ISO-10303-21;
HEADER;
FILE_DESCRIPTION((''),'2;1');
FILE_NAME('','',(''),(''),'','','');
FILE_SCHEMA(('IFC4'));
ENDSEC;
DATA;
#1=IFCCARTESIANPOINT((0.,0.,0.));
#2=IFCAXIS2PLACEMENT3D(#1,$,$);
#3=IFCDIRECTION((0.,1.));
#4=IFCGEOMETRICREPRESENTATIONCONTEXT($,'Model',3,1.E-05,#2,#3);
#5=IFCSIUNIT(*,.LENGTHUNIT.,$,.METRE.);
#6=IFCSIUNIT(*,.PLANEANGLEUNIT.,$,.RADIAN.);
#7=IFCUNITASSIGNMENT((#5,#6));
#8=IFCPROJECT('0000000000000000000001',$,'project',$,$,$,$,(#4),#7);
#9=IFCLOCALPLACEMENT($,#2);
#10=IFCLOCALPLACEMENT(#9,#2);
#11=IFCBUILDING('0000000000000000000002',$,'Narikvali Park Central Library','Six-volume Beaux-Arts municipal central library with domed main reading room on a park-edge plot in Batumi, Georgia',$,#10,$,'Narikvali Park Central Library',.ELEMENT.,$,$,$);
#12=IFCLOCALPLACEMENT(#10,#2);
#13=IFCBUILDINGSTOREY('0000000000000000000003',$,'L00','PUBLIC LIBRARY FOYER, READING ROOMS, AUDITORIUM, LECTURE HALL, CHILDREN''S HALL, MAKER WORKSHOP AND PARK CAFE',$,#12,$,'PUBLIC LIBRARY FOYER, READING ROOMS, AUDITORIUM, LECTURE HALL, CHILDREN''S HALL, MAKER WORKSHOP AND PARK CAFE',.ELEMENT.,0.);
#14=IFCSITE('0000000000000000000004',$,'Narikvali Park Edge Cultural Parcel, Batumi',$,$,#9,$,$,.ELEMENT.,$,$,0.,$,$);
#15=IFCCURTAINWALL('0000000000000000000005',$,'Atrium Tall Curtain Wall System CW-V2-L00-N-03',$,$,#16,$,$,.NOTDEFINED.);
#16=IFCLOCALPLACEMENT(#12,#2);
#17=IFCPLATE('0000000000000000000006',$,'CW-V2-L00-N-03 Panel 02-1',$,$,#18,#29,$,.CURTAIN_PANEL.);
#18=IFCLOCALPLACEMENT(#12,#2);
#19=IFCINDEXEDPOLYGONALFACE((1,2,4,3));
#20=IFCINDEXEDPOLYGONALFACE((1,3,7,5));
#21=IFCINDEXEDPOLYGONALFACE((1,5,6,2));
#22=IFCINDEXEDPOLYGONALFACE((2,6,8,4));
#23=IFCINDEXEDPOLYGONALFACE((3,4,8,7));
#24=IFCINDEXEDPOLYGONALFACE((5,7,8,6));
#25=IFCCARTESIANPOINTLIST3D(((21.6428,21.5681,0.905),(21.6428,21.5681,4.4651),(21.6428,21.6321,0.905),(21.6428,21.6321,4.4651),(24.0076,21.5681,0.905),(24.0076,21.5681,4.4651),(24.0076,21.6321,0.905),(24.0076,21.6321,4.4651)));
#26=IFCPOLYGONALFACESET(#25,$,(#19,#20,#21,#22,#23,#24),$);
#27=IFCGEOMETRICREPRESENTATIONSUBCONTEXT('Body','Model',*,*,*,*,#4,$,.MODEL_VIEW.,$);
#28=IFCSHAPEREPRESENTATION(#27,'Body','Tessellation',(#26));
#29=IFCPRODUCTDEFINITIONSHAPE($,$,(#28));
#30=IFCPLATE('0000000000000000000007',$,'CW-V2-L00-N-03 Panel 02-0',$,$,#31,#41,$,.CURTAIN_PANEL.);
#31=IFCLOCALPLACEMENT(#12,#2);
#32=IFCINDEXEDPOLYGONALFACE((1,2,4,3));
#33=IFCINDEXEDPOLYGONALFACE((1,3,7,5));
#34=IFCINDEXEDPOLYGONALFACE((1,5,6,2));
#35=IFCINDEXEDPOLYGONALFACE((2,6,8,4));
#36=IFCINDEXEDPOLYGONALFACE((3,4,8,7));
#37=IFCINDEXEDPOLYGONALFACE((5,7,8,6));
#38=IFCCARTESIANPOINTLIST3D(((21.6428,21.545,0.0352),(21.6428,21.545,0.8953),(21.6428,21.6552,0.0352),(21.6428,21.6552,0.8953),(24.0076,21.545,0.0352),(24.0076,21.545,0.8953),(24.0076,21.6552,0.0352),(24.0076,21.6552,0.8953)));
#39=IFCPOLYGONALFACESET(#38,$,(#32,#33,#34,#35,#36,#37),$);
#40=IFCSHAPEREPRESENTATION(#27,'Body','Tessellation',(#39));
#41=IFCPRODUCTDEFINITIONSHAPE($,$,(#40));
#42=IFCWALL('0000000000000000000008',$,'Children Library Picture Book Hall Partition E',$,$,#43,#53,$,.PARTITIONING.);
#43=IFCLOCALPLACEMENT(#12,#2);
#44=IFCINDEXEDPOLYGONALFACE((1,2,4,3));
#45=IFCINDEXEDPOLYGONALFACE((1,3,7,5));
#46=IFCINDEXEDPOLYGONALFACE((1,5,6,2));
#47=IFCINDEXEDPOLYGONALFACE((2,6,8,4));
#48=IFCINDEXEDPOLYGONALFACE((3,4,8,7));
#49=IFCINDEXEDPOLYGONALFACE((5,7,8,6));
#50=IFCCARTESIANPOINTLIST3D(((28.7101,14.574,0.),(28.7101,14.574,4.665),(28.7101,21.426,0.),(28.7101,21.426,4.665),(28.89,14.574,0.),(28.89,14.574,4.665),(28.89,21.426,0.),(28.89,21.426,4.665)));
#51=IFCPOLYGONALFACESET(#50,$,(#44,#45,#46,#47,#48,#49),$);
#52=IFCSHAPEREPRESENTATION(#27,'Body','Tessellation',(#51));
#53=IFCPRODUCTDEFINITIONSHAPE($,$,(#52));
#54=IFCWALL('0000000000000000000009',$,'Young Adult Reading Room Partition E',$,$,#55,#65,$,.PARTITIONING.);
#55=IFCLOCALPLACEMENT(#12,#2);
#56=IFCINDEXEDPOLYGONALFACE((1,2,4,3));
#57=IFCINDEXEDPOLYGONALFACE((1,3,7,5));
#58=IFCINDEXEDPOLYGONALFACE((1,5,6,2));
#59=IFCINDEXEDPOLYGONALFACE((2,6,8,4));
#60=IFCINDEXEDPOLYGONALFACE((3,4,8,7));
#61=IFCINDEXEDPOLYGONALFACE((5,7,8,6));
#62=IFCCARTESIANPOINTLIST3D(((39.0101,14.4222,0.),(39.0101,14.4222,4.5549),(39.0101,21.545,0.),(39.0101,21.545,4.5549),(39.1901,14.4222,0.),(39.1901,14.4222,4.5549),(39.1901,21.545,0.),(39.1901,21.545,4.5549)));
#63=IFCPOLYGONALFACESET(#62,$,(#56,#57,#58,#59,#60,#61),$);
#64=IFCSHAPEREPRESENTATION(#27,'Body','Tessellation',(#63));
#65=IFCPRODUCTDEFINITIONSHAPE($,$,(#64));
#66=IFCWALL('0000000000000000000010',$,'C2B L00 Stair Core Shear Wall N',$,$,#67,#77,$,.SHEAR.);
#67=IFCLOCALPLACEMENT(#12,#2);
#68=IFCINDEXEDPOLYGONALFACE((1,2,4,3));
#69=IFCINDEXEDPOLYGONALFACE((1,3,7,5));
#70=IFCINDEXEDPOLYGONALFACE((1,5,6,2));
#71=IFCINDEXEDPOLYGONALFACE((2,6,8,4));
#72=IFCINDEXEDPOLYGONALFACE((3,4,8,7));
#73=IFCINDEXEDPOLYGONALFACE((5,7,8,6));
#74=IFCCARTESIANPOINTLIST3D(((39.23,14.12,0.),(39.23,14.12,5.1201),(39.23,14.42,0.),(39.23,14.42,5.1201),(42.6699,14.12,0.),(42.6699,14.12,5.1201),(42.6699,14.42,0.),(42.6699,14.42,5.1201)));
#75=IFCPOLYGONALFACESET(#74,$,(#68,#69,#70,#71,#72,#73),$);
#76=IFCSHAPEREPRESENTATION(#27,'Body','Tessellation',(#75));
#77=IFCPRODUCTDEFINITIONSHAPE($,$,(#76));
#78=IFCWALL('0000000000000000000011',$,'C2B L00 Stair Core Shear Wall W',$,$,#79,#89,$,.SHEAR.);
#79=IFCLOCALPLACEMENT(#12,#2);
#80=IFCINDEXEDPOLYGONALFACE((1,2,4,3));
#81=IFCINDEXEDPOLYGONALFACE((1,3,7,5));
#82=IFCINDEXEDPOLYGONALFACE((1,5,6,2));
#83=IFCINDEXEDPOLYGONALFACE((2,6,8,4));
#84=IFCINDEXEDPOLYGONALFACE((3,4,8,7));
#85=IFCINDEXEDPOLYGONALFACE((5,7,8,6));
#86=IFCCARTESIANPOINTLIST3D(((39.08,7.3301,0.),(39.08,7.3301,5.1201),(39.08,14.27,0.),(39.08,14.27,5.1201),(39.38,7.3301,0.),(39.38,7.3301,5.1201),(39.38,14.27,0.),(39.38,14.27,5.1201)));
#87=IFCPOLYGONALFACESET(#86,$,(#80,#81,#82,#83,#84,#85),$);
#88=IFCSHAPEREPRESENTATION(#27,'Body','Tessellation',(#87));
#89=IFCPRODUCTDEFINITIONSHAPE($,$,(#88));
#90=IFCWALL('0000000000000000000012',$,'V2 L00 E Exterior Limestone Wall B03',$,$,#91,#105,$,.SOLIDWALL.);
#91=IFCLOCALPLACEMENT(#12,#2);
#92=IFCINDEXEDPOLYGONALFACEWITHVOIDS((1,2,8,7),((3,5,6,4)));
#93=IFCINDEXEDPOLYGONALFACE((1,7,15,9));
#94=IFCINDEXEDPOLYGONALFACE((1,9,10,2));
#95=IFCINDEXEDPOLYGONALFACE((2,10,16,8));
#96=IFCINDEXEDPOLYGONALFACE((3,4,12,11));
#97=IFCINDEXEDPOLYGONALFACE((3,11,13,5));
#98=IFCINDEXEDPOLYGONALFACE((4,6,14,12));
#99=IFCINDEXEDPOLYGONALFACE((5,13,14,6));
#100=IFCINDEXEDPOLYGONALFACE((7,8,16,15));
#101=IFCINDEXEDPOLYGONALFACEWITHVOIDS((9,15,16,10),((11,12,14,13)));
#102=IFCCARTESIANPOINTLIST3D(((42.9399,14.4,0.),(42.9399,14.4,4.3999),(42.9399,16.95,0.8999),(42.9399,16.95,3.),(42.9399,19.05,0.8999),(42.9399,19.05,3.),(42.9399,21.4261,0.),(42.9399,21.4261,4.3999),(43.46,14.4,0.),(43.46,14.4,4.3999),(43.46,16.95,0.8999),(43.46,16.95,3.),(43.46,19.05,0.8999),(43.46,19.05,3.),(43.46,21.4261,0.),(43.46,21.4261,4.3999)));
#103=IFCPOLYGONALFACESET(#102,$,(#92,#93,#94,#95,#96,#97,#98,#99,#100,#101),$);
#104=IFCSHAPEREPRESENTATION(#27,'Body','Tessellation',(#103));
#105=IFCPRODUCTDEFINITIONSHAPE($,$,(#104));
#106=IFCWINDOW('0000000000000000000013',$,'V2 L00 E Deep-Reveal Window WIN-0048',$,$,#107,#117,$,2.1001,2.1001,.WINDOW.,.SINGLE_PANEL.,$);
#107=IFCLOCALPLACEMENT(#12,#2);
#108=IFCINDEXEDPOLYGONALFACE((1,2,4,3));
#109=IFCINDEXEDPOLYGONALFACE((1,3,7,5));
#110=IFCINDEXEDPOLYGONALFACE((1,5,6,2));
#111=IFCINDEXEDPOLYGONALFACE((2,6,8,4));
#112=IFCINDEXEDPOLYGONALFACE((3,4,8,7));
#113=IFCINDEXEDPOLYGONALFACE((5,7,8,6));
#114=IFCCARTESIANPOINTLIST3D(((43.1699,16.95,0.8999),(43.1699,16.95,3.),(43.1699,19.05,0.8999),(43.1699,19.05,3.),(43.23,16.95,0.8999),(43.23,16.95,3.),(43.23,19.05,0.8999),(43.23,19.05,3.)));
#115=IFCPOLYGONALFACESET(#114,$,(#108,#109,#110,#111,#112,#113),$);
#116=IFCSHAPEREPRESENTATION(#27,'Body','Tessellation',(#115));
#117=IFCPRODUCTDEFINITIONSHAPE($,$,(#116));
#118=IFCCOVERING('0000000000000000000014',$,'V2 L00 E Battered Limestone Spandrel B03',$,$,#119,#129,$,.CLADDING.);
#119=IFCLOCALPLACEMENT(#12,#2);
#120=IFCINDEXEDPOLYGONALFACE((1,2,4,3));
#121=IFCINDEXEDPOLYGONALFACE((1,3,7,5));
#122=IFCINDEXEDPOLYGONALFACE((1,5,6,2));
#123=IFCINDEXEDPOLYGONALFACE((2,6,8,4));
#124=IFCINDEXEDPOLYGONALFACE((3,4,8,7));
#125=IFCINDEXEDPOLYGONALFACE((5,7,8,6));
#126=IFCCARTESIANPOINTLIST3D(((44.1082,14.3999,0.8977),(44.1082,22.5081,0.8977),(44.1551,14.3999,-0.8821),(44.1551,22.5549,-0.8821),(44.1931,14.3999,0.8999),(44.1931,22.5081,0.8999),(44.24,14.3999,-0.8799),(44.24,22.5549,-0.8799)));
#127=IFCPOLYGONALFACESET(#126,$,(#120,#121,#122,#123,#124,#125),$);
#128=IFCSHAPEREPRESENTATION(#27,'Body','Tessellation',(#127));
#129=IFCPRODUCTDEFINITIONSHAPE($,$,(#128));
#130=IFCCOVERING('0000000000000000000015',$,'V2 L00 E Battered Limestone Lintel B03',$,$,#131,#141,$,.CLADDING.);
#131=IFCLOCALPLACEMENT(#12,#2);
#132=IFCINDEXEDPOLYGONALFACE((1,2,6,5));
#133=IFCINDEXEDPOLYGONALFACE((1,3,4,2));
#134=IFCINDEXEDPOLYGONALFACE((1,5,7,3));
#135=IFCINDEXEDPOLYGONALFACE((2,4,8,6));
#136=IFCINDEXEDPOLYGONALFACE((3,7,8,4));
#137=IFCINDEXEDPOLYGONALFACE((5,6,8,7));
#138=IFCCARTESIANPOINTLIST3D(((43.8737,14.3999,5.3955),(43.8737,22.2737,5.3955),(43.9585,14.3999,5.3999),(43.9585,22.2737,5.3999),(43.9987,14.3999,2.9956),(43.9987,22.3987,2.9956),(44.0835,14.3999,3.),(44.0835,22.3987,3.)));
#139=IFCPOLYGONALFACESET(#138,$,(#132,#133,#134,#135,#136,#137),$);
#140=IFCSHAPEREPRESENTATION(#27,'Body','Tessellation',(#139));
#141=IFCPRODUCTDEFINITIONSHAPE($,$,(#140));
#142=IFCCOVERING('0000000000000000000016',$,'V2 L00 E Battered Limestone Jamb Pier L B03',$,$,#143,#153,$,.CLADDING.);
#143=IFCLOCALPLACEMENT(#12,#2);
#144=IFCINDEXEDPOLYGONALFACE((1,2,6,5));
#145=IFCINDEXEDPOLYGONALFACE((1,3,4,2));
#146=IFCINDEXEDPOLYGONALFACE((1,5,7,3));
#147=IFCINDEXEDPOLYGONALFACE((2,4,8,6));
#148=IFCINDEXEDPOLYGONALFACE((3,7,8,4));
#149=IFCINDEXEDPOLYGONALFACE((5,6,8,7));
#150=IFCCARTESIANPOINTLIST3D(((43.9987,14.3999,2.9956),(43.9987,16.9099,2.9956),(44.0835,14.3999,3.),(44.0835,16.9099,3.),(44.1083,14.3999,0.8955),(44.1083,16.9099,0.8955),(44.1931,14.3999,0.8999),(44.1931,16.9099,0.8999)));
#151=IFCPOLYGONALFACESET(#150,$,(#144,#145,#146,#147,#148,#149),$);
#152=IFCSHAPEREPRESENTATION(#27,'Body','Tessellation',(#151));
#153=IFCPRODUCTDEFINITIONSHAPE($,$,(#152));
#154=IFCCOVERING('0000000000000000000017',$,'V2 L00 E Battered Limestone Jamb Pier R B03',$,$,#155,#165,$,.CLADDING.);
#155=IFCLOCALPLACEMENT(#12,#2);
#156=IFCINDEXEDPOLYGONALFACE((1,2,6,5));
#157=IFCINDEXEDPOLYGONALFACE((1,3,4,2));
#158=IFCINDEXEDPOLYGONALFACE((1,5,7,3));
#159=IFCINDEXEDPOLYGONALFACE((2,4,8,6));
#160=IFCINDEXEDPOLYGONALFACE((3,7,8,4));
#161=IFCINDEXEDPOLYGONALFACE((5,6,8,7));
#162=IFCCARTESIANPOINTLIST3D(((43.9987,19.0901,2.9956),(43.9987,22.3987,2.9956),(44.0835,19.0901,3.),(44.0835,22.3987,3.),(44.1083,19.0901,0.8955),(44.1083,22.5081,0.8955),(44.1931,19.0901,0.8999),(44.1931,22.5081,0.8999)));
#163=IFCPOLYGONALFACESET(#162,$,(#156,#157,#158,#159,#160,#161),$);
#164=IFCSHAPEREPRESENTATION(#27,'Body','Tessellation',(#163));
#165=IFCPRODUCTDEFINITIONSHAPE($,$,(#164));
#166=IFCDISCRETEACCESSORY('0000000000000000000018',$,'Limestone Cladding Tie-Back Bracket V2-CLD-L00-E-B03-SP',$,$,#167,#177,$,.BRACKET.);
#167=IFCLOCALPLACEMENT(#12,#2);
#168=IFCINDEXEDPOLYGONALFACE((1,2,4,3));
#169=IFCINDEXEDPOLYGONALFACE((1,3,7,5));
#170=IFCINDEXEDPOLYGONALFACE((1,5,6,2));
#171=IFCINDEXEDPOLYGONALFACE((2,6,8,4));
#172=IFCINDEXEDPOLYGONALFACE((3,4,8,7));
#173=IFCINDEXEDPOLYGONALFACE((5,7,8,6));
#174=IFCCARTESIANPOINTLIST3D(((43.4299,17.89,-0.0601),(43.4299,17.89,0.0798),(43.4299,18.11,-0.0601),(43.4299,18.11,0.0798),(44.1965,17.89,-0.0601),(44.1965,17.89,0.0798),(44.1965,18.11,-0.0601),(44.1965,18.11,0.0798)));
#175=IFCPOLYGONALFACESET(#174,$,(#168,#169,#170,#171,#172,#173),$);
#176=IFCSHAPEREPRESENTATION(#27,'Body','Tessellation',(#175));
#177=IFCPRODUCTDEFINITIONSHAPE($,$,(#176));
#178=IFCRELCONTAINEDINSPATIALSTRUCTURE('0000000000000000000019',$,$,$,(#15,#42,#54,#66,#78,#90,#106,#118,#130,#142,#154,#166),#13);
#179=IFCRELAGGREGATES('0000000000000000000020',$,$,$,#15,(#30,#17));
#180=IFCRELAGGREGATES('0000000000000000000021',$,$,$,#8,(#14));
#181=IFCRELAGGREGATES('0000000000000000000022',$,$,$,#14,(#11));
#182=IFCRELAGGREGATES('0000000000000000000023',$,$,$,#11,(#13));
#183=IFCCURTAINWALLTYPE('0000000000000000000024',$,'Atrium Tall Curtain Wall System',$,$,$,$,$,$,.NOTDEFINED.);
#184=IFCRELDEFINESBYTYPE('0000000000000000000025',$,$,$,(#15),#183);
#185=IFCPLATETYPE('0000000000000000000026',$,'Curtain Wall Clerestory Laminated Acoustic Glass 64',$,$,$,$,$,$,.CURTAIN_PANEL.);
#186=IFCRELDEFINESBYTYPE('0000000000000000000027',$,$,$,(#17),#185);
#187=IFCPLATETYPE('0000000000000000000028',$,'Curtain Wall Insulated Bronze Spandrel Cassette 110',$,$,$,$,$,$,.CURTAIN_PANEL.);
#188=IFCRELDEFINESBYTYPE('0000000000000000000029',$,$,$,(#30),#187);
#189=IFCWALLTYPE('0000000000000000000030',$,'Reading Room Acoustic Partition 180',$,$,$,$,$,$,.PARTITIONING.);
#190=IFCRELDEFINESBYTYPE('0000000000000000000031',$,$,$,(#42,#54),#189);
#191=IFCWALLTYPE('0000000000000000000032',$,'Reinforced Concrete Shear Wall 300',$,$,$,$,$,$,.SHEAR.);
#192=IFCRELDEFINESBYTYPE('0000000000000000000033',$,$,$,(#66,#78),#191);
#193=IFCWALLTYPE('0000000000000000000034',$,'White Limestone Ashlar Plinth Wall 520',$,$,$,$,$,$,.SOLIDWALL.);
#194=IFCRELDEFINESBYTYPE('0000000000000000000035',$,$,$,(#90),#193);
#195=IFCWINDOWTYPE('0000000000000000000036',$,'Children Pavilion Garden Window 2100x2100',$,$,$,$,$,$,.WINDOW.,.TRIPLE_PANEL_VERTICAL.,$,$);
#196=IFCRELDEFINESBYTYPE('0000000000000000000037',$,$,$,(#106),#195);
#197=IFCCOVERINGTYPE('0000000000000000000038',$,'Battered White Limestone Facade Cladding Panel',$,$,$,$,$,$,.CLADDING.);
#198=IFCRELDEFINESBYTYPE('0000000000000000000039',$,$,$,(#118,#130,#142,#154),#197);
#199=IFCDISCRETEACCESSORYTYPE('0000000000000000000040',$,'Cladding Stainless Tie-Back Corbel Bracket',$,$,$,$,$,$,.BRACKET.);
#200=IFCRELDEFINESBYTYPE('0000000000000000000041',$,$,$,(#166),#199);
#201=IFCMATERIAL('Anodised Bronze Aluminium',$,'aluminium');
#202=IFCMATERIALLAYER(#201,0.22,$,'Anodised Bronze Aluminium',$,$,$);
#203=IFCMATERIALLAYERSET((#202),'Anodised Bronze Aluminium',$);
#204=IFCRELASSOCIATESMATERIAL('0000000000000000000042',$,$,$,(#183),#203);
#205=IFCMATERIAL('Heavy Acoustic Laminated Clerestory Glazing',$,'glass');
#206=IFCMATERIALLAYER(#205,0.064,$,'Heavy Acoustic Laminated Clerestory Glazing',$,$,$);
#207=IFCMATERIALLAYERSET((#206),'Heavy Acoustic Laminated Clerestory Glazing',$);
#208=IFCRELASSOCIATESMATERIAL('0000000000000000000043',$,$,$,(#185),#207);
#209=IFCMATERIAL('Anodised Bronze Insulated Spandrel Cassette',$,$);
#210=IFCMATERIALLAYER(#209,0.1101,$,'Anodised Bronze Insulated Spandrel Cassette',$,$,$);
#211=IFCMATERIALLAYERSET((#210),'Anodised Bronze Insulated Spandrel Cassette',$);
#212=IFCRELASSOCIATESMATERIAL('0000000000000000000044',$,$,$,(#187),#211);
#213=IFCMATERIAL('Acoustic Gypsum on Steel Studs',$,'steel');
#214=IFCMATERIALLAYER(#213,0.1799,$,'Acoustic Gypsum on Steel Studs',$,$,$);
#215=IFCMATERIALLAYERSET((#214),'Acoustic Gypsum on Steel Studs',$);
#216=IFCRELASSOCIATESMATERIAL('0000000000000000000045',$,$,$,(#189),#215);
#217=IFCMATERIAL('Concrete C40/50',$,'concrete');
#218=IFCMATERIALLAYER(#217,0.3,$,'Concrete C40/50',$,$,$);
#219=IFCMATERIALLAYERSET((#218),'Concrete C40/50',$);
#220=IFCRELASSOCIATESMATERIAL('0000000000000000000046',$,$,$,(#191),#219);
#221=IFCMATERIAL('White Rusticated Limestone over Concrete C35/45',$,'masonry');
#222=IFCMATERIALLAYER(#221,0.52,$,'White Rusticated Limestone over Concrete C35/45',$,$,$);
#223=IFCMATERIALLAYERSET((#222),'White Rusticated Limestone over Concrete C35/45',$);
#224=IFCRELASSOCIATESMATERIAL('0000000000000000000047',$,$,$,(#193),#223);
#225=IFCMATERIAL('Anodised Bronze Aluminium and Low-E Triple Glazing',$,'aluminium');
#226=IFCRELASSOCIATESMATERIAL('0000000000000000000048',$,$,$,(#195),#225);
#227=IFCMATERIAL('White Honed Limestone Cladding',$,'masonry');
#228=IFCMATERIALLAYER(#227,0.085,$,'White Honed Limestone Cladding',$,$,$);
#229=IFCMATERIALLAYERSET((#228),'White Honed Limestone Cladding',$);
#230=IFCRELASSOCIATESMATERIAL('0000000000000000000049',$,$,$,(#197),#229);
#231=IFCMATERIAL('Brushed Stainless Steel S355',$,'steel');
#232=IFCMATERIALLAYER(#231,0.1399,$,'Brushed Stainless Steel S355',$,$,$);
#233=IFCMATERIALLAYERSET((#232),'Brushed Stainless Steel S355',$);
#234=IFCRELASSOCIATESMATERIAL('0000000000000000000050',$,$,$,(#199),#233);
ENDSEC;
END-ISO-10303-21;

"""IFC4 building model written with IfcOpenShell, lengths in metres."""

from ifc_helpers import new_model, si_unit, direction, frame, frame_2d, origin, origin_2d, place, context, subcontext, project, spatial, polyline, rectangle, outline, extrude, material, layer, layer_set, type_object, element, fill, aggregate, save


model = new_model("IFC4")

# Units and contexts
model_context = context("Model", 3, precision=1e-05, world=origin(), true_north=direction((0.0, 1.0)))
body_context = subcontext(model_context, "Body", "Model", "MODEL_VIEW")
ifc_project = project(units=[si_unit("LENGTHUNIT", "METRE"), si_unit("PLANEANGLEUNIT", "RADIAN")], contexts=[model_context])

# Site, building, storey
site_placement = place(None, origin())
site = spatial("IfcSite", under=ifc_project, at=site_placement, Name="Narikvali Park Edge Cultural Parcel, Batumi", CompositionType="ELEMENT", RefElevation=0.0)
building_placement = place(site_placement, origin())
building = spatial("IfcBuilding", under=site, at=building_placement, Name="Narikvali Park Central Library", Description="Six-volume Beaux-Arts municipal central library with domed main reading room on a park-edge plot in Batumi, Georgia", LongName="Narikvali Park Central Library", CompositionType="ELEMENT")
storey_placement = place(building_placement, origin())
storey = spatial("IfcBuildingStorey", under=building, at=storey_placement, Name="L00", Description="PUBLIC LIBRARY FOYER, READING ROOMS, AUDITORIUM, LECTURE HALL, CHILDREN'S HALL, MAKER WORKSHOP AND PARK CAFE", LongName="PUBLIC LIBRARY FOYER, READING ROOMS, AUDITORIUM, LECTURE HALL, CHILDREN'S HALL, MAKER WORKSHOP AND PARK CAFE", CompositionType="ELEMENT", Elevation=0.0)

# Curtain wall, plates
ifc_material_1 = material(Name="Anodised Bronze Aluminium", Category="aluminium")
ifc_layer_1 = layer(ifc_material_1, 0.22, Name="Anodised Bronze Aluminium")
ifc_layer_set_1 = layer_set([ifc_layer_1], Name="Anodised Bronze Aluminium")
curtain_wall_type = type_object("IfcCurtainWallType", Name="Atrium Tall Curtain Wall System", PredefinedType="NOTDEFINED", material=ifc_layer_set_1)
curtain_wall_placement = place(storey_placement, origin())
curtain_wall = element("IfcCurtainWall", 1, at=curtain_wall_placement, inside=storey, type_object=curtain_wall_type, Name="Atrium Tall Curtain Wall System CW-V2-L00-N-03", PredefinedType="NOTDEFINED")
ifc_material_2 = material(Name="Heavy Acoustic Laminated Clerestory Glazing", Category="glass")
ifc_layer_2 = layer(ifc_material_2, 0.064, Name="Heavy Acoustic Laminated Clerestory Glazing")
ifc_layer_set_2 = layer_set([ifc_layer_2], Name="Heavy Acoustic Laminated Clerestory Glazing")
plate_type_1 = type_object("IfcPlateType", Name="Curtain Wall Clerestory Laminated Acoustic Glass 64", PredefinedType="CURTAIN_PANEL", material=ifc_layer_set_2)
plate_1_placement = place(storey_placement, frame((22.8252, 21.6001, 0.905), z_axis=(0.0, 0.0, 1.0), x_axis=(-1.0, 0.0, 0.0)))
plate_1 = element("IfcPlate", 2, at=plate_1_placement, type_object=plate_type_1, Name="CW-V2-L00-N-03 Panel 02-1", PredefinedType="CURTAIN_PANEL", context=body_context, shape_type="SweptSolid", body=[
    extrude(rectangle(XDim=2.3647, YDim=0.064, at=origin_2d()), origin(), (0.0, 0.0, 1.0), 3.5601),
])
ifc_material_3 = material(Name="Anodised Bronze Insulated Spandrel Cassette")
ifc_layer_3 = layer(ifc_material_3, 0.1101, Name="Anodised Bronze Insulated Spandrel Cassette")
ifc_layer_set_3 = layer_set([ifc_layer_3], Name="Anodised Bronze Insulated Spandrel Cassette")
plate_type_2 = type_object("IfcPlateType", Name="Curtain Wall Insulated Bronze Spandrel Cassette 110", PredefinedType="CURTAIN_PANEL", material=ifc_layer_set_3)
plate_2_placement = place(storey_placement, frame((22.8252, 21.6001, 0.0352), z_axis=(0.0, 0.0, 1.0), x_axis=(-1.0, 0.0, 0.0)))
plate_2 = element("IfcPlate", 3, at=plate_2_placement, type_object=plate_type_2, Name="CW-V2-L00-N-03 Panel 02-0", PredefinedType="CURTAIN_PANEL", context=body_context, shape_type="SweptSolid", body=[
    extrude(rectangle(XDim=2.3647, YDim=0.1101, at=origin_2d()), origin(), (0.0, 0.0, 1.0), 0.8601),
])
aggregate(curtain_wall, [plate_2, plate_1])

# Walls
ifc_material_4 = material(Name="Acoustic Gypsum on Steel Studs", Category="steel")
ifc_layer_4 = layer(ifc_material_4, 0.1799, Name="Acoustic Gypsum on Steel Studs")
ifc_layer_set_4 = layer_set([ifc_layer_4], Name="Acoustic Gypsum on Steel Studs")
wall_type_1 = type_object("IfcWallType", Name="Reading Room Acoustic Partition 180", PredefinedType="PARTITIONING", material=ifc_layer_set_4)
wall_1_placement = place(storey_placement, frame((28.8, 14.574, 0.0), z_axis=(0.0, 0.0, 1.0), x_axis=(0.0, 1.0, 0.0)))
element("IfcWall", 4, at=wall_1_placement, inside=storey, type_object=wall_type_1, Name="Children Library Picture Book Hall Partition E", PredefinedType="PARTITIONING", context=body_context, shape_type="SweptSolid", body=[
    extrude(rectangle(XDim=6.8521, YDim=0.1799, at=frame_2d((3.426, 0.0))), origin(), (0.0, 0.0, 1.0), 4.665),
])
wall_2_placement = place(storey_placement, frame((39.1001, 14.4221, 0.0), z_axis=(0.0, 0.0, 1.0), x_axis=(0.0, 1.0, 0.0)))
element("IfcWall", 5, at=wall_2_placement, inside=storey, type_object=wall_type_1, Name="Young Adult Reading Room Partition E", PredefinedType="PARTITIONING", context=body_context, shape_type="SweptSolid", body=[
    extrude(rectangle(XDim=7.1228, YDim=0.1799, at=frame_2d((3.5615, 0.0))), origin(), (0.0, 0.0, 1.0), 4.5549),
])
ifc_material_5 = material(Name="Concrete C40/50", Category="concrete")
ifc_layer_5 = layer(ifc_material_5, 0.3, Name="Concrete C40/50")
ifc_layer_set_5 = layer_set([ifc_layer_5], Name="Concrete C40/50")
wall_type_2 = type_object("IfcWallType", Name="Reinforced Concrete Shear Wall 300", PredefinedType="SHEAR", material=ifc_layer_set_5)
wall_3_placement = place(storey_placement, frame((42.6699, 14.27, 0.0), z_axis=(0.0, 0.0, 1.0), x_axis=(-1.0, 0.0, 0.0)))
element("IfcWall", 6, at=wall_3_placement, inside=storey, type_object=wall_type_2, Name="C2B L00 Stair Core Shear Wall N", PredefinedType="SHEAR", context=body_context, shape_type="SweptSolid", body=[
    extrude(rectangle(XDim=3.4399, YDim=0.3, at=frame_2d((1.72, 0.0))), origin(), (0.0, 0.0, 1.0), 5.1201),
])
wall_4_placement = place(storey_placement, frame((39.23, 14.27, 0.0), z_axis=(0.0, 0.0, 1.0), x_axis=(0.0, -1.0, 0.0)))
element("IfcWall", 7, at=wall_4_placement, inside=storey, type_object=wall_type_2, Name="C2B L00 Stair Core Shear Wall W", PredefinedType="SHEAR", context=body_context, shape_type="SweptSolid", body=[
    extrude(rectangle(XDim=6.9399, YDim=0.3, at=frame_2d((3.47, 0.0))), origin(), (0.0, 0.0, 1.0), 5.1201),
])

# Wall, opening, window
ifc_material_6 = material(Name="White Rusticated Limestone over Concrete C35/45", Category="masonry")
ifc_layer_6 = layer(ifc_material_6, 0.52, Name="White Rusticated Limestone over Concrete C35/45")
ifc_layer_set_6 = layer_set([ifc_layer_6], Name="White Rusticated Limestone over Concrete C35/45")
wall_type_3 = type_object("IfcWallType", Name="White Limestone Ashlar Plinth Wall 520", PredefinedType="SOLIDWALL", material=ifc_layer_set_6)
wall_5_placement = place(storey_placement, frame((43.2, 14.3999, 0.0), z_axis=(0.0, 0.0, 1.0), x_axis=(0.0, 1.0, 0.0)))
wall_5 = element("IfcWall", 8, at=wall_5_placement, inside=storey, type_object=wall_type_3, Name="V2 L00 E Exterior Limestone Wall B03", PredefinedType="SOLIDWALL", context=body_context, shape_type="SweptSolid", body=[
    extrude(rectangle(XDim=7.0261, YDim=0.52, at=frame_2d((3.5132, 0.0))), origin(), (0.0, 0.0, 1.0), 4.3999),
])
opening_placement = place(wall_5_placement, frame((2.55, 0.0, 0.8999)))
opening = element("IfcOpeningElement", 9, at=opening_placement, cuts=wall_5, PredefinedType="OPENING", context=body_context, shape_type="SweptSolid", body=[
    extrude(rectangle(XDim=2.1001, YDim=2.1001, at=frame_2d((1.05, 1.05))), frame((0.0, 0.272, 0.0), z_axis=(0.0, -1.0, 0.0), x_axis=(1.0, 0.0, 0.0)), (0.0, 0.0, 1.0), 0.5439),
])
ifc_material_7 = material(Name="Anodised Bronze Aluminium and Low-E Triple Glazing", Category="aluminium")
window_type = type_object("IfcWindowType", Name="Children Pavilion Garden Window 2100x2100", PartitioningType="TRIPLE_PANEL_VERTICAL", PredefinedType="WINDOW", material=ifc_material_7)
window_placement = place(opening_placement, origin())
window = element("IfcWindow", 10, at=window_placement, inside=storey, type_object=window_type, Name="V2 L00 E Deep-Reveal Window WIN-0048", OverallHeight=2.1001, OverallWidth=2.1001, PartitioningType="SINGLE_PANEL", PredefinedType="WINDOW", context=body_context, shape_type="SweptSolid", body=[
    extrude(rectangle(XDim=2.1001, YDim=2.1001, at=frame_2d((1.05, 1.05))), frame((0.0, 0.03, 0.0), z_axis=(0.0, -1.0, 0.0), x_axis=(1.0, 0.0, 0.0)), (0.0, 0.0, 1.0), 0.0601),
])
fill(opening, window)

# Coverings
ifc_material_8 = material(Name="White Honed Limestone Cladding", Category="masonry")
ifc_layer_7 = layer(ifc_material_8, 0.085, Name="White Honed Limestone Cladding")
ifc_layer_set_7 = layer_set([ifc_layer_7], Name="White Honed Limestone Cladding")
covering_type = type_object("IfcCoveringType", Name="Battered White Limestone Facade Cladding Panel", PredefinedType="CLADDING", material=ifc_layer_set_7)
covering_1_placement = place(storey_placement, frame((44.24, 14.3999, -0.8799), z_axis=(0.999653, 0.0, 0.026328), x_axis=(0.0, 1.0, 0.0)))
element("IfcCovering", 11, at=covering_1_placement, inside=storey, type_object=covering_type, Name="V2 L00 E Battered Limestone Spandrel B03", PredefinedType="CLADDING", context=body_context, shape_type="SweptSolid", body=[
    extrude(outline(polyline([(0.0, 0.0), (8.155, 0.0), (8.1082, 1.7804), (0.0, 1.7804), (0.0, 0.0)])), origin(), (0.0, 0.0, -1.0), 0.085),
])
covering_2_placement = place(storey_placement, frame((44.0835, 14.3999, 3.0), z_axis=(0.998646, 0.0, 0.052015), x_axis=(0.0, 1.0, 0.0)))
element("IfcCovering", 12, at=covering_2_placement, inside=storey, type_object=covering_type, Name="V2 L00 E Battered Limestone Lintel B03", PredefinedType="CLADDING", context=body_context, shape_type="SweptSolid", body=[
    extrude(outline(polyline([(0.0, 0.0), (7.9988, 0.0), (7.8738, 2.4032), (0.0, 2.4032), (0.0, 0.0)])), origin(), (0.0, 0.0, -1.0), 0.085),
])
covering_3_placement = place(storey_placement, frame((44.1931, 14.3999, 0.8999), z_axis=(0.998641, 0.0, 0.052126), x_axis=(0.0, 1.0, 0.0)))
element("IfcCovering", 13, at=covering_3_placement, inside=storey, type_object=covering_type, Name="V2 L00 E Battered Limestone Jamb Pier L B03", PredefinedType="CLADDING", context=body_context, shape_type="SweptSolid", body=[
    extrude(outline(polyline([(0.0, 0.0), (2.51, 0.0), (2.51, 2.103), (0.0, 2.103), (0.0, 0.0)])), origin(), (0.0, 0.0, -1.0), 0.085),
])
covering_4_placement = place(storey_placement, frame((44.1931, 19.0901, 0.8999), z_axis=(0.998641, 0.0, 0.052126), x_axis=(0.0, 1.0, 0.0)))
element("IfcCovering", 14, at=covering_4_placement, inside=storey, type_object=covering_type, Name="V2 L00 E Battered Limestone Jamb Pier R B03", PredefinedType="CLADDING", context=body_context, shape_type="SweptSolid", body=[
    extrude(outline(polyline([(0.0, 0.0), (3.418, 0.0), (3.3086, 2.103), (0.0, 2.103), (0.0, 0.0)])), origin(), (0.0, 0.0, -1.0), 0.085),
])

# Discrete accessory
ifc_material_9 = material(Name="Brushed Stainless Steel S355", Category="steel")
ifc_layer_8 = layer(ifc_material_9, 0.1399, Name="Brushed Stainless Steel S355")
ifc_layer_set_8 = layer_set([ifc_layer_8], Name="Brushed Stainless Steel S355")
discrete_accessory_type_1 = type_object("IfcDiscreteAccessoryType", Name="Cladding Stainless Tie-Back Corbel Bracket", PredefinedType="BRACKET", material=ifc_layer_set_8)
discrete_accessory_1_placement = place(storey_placement, frame((43.8132, 18.0, -0.0601), z_axis=(0.0, 0.0, 1.0), x_axis=(1.0, 0.0, 0.0)))
element("IfcDiscreteAccessory", 15, at=discrete_accessory_1_placement, inside=storey, type_object=discrete_accessory_type_1, Name="Limestone Cladding Tie-Back Bracket V2-CLD-L00-E-B03-SP", PredefinedType="BRACKET", context=body_context, shape_type="SweptSolid", body=[
    extrude(rectangle(XDim=0.7666, YDim=0.22, at=origin_2d()), origin(), (0.0, 0.0, 1.0), 0.1399),
])

save(model, "model.ifc")
